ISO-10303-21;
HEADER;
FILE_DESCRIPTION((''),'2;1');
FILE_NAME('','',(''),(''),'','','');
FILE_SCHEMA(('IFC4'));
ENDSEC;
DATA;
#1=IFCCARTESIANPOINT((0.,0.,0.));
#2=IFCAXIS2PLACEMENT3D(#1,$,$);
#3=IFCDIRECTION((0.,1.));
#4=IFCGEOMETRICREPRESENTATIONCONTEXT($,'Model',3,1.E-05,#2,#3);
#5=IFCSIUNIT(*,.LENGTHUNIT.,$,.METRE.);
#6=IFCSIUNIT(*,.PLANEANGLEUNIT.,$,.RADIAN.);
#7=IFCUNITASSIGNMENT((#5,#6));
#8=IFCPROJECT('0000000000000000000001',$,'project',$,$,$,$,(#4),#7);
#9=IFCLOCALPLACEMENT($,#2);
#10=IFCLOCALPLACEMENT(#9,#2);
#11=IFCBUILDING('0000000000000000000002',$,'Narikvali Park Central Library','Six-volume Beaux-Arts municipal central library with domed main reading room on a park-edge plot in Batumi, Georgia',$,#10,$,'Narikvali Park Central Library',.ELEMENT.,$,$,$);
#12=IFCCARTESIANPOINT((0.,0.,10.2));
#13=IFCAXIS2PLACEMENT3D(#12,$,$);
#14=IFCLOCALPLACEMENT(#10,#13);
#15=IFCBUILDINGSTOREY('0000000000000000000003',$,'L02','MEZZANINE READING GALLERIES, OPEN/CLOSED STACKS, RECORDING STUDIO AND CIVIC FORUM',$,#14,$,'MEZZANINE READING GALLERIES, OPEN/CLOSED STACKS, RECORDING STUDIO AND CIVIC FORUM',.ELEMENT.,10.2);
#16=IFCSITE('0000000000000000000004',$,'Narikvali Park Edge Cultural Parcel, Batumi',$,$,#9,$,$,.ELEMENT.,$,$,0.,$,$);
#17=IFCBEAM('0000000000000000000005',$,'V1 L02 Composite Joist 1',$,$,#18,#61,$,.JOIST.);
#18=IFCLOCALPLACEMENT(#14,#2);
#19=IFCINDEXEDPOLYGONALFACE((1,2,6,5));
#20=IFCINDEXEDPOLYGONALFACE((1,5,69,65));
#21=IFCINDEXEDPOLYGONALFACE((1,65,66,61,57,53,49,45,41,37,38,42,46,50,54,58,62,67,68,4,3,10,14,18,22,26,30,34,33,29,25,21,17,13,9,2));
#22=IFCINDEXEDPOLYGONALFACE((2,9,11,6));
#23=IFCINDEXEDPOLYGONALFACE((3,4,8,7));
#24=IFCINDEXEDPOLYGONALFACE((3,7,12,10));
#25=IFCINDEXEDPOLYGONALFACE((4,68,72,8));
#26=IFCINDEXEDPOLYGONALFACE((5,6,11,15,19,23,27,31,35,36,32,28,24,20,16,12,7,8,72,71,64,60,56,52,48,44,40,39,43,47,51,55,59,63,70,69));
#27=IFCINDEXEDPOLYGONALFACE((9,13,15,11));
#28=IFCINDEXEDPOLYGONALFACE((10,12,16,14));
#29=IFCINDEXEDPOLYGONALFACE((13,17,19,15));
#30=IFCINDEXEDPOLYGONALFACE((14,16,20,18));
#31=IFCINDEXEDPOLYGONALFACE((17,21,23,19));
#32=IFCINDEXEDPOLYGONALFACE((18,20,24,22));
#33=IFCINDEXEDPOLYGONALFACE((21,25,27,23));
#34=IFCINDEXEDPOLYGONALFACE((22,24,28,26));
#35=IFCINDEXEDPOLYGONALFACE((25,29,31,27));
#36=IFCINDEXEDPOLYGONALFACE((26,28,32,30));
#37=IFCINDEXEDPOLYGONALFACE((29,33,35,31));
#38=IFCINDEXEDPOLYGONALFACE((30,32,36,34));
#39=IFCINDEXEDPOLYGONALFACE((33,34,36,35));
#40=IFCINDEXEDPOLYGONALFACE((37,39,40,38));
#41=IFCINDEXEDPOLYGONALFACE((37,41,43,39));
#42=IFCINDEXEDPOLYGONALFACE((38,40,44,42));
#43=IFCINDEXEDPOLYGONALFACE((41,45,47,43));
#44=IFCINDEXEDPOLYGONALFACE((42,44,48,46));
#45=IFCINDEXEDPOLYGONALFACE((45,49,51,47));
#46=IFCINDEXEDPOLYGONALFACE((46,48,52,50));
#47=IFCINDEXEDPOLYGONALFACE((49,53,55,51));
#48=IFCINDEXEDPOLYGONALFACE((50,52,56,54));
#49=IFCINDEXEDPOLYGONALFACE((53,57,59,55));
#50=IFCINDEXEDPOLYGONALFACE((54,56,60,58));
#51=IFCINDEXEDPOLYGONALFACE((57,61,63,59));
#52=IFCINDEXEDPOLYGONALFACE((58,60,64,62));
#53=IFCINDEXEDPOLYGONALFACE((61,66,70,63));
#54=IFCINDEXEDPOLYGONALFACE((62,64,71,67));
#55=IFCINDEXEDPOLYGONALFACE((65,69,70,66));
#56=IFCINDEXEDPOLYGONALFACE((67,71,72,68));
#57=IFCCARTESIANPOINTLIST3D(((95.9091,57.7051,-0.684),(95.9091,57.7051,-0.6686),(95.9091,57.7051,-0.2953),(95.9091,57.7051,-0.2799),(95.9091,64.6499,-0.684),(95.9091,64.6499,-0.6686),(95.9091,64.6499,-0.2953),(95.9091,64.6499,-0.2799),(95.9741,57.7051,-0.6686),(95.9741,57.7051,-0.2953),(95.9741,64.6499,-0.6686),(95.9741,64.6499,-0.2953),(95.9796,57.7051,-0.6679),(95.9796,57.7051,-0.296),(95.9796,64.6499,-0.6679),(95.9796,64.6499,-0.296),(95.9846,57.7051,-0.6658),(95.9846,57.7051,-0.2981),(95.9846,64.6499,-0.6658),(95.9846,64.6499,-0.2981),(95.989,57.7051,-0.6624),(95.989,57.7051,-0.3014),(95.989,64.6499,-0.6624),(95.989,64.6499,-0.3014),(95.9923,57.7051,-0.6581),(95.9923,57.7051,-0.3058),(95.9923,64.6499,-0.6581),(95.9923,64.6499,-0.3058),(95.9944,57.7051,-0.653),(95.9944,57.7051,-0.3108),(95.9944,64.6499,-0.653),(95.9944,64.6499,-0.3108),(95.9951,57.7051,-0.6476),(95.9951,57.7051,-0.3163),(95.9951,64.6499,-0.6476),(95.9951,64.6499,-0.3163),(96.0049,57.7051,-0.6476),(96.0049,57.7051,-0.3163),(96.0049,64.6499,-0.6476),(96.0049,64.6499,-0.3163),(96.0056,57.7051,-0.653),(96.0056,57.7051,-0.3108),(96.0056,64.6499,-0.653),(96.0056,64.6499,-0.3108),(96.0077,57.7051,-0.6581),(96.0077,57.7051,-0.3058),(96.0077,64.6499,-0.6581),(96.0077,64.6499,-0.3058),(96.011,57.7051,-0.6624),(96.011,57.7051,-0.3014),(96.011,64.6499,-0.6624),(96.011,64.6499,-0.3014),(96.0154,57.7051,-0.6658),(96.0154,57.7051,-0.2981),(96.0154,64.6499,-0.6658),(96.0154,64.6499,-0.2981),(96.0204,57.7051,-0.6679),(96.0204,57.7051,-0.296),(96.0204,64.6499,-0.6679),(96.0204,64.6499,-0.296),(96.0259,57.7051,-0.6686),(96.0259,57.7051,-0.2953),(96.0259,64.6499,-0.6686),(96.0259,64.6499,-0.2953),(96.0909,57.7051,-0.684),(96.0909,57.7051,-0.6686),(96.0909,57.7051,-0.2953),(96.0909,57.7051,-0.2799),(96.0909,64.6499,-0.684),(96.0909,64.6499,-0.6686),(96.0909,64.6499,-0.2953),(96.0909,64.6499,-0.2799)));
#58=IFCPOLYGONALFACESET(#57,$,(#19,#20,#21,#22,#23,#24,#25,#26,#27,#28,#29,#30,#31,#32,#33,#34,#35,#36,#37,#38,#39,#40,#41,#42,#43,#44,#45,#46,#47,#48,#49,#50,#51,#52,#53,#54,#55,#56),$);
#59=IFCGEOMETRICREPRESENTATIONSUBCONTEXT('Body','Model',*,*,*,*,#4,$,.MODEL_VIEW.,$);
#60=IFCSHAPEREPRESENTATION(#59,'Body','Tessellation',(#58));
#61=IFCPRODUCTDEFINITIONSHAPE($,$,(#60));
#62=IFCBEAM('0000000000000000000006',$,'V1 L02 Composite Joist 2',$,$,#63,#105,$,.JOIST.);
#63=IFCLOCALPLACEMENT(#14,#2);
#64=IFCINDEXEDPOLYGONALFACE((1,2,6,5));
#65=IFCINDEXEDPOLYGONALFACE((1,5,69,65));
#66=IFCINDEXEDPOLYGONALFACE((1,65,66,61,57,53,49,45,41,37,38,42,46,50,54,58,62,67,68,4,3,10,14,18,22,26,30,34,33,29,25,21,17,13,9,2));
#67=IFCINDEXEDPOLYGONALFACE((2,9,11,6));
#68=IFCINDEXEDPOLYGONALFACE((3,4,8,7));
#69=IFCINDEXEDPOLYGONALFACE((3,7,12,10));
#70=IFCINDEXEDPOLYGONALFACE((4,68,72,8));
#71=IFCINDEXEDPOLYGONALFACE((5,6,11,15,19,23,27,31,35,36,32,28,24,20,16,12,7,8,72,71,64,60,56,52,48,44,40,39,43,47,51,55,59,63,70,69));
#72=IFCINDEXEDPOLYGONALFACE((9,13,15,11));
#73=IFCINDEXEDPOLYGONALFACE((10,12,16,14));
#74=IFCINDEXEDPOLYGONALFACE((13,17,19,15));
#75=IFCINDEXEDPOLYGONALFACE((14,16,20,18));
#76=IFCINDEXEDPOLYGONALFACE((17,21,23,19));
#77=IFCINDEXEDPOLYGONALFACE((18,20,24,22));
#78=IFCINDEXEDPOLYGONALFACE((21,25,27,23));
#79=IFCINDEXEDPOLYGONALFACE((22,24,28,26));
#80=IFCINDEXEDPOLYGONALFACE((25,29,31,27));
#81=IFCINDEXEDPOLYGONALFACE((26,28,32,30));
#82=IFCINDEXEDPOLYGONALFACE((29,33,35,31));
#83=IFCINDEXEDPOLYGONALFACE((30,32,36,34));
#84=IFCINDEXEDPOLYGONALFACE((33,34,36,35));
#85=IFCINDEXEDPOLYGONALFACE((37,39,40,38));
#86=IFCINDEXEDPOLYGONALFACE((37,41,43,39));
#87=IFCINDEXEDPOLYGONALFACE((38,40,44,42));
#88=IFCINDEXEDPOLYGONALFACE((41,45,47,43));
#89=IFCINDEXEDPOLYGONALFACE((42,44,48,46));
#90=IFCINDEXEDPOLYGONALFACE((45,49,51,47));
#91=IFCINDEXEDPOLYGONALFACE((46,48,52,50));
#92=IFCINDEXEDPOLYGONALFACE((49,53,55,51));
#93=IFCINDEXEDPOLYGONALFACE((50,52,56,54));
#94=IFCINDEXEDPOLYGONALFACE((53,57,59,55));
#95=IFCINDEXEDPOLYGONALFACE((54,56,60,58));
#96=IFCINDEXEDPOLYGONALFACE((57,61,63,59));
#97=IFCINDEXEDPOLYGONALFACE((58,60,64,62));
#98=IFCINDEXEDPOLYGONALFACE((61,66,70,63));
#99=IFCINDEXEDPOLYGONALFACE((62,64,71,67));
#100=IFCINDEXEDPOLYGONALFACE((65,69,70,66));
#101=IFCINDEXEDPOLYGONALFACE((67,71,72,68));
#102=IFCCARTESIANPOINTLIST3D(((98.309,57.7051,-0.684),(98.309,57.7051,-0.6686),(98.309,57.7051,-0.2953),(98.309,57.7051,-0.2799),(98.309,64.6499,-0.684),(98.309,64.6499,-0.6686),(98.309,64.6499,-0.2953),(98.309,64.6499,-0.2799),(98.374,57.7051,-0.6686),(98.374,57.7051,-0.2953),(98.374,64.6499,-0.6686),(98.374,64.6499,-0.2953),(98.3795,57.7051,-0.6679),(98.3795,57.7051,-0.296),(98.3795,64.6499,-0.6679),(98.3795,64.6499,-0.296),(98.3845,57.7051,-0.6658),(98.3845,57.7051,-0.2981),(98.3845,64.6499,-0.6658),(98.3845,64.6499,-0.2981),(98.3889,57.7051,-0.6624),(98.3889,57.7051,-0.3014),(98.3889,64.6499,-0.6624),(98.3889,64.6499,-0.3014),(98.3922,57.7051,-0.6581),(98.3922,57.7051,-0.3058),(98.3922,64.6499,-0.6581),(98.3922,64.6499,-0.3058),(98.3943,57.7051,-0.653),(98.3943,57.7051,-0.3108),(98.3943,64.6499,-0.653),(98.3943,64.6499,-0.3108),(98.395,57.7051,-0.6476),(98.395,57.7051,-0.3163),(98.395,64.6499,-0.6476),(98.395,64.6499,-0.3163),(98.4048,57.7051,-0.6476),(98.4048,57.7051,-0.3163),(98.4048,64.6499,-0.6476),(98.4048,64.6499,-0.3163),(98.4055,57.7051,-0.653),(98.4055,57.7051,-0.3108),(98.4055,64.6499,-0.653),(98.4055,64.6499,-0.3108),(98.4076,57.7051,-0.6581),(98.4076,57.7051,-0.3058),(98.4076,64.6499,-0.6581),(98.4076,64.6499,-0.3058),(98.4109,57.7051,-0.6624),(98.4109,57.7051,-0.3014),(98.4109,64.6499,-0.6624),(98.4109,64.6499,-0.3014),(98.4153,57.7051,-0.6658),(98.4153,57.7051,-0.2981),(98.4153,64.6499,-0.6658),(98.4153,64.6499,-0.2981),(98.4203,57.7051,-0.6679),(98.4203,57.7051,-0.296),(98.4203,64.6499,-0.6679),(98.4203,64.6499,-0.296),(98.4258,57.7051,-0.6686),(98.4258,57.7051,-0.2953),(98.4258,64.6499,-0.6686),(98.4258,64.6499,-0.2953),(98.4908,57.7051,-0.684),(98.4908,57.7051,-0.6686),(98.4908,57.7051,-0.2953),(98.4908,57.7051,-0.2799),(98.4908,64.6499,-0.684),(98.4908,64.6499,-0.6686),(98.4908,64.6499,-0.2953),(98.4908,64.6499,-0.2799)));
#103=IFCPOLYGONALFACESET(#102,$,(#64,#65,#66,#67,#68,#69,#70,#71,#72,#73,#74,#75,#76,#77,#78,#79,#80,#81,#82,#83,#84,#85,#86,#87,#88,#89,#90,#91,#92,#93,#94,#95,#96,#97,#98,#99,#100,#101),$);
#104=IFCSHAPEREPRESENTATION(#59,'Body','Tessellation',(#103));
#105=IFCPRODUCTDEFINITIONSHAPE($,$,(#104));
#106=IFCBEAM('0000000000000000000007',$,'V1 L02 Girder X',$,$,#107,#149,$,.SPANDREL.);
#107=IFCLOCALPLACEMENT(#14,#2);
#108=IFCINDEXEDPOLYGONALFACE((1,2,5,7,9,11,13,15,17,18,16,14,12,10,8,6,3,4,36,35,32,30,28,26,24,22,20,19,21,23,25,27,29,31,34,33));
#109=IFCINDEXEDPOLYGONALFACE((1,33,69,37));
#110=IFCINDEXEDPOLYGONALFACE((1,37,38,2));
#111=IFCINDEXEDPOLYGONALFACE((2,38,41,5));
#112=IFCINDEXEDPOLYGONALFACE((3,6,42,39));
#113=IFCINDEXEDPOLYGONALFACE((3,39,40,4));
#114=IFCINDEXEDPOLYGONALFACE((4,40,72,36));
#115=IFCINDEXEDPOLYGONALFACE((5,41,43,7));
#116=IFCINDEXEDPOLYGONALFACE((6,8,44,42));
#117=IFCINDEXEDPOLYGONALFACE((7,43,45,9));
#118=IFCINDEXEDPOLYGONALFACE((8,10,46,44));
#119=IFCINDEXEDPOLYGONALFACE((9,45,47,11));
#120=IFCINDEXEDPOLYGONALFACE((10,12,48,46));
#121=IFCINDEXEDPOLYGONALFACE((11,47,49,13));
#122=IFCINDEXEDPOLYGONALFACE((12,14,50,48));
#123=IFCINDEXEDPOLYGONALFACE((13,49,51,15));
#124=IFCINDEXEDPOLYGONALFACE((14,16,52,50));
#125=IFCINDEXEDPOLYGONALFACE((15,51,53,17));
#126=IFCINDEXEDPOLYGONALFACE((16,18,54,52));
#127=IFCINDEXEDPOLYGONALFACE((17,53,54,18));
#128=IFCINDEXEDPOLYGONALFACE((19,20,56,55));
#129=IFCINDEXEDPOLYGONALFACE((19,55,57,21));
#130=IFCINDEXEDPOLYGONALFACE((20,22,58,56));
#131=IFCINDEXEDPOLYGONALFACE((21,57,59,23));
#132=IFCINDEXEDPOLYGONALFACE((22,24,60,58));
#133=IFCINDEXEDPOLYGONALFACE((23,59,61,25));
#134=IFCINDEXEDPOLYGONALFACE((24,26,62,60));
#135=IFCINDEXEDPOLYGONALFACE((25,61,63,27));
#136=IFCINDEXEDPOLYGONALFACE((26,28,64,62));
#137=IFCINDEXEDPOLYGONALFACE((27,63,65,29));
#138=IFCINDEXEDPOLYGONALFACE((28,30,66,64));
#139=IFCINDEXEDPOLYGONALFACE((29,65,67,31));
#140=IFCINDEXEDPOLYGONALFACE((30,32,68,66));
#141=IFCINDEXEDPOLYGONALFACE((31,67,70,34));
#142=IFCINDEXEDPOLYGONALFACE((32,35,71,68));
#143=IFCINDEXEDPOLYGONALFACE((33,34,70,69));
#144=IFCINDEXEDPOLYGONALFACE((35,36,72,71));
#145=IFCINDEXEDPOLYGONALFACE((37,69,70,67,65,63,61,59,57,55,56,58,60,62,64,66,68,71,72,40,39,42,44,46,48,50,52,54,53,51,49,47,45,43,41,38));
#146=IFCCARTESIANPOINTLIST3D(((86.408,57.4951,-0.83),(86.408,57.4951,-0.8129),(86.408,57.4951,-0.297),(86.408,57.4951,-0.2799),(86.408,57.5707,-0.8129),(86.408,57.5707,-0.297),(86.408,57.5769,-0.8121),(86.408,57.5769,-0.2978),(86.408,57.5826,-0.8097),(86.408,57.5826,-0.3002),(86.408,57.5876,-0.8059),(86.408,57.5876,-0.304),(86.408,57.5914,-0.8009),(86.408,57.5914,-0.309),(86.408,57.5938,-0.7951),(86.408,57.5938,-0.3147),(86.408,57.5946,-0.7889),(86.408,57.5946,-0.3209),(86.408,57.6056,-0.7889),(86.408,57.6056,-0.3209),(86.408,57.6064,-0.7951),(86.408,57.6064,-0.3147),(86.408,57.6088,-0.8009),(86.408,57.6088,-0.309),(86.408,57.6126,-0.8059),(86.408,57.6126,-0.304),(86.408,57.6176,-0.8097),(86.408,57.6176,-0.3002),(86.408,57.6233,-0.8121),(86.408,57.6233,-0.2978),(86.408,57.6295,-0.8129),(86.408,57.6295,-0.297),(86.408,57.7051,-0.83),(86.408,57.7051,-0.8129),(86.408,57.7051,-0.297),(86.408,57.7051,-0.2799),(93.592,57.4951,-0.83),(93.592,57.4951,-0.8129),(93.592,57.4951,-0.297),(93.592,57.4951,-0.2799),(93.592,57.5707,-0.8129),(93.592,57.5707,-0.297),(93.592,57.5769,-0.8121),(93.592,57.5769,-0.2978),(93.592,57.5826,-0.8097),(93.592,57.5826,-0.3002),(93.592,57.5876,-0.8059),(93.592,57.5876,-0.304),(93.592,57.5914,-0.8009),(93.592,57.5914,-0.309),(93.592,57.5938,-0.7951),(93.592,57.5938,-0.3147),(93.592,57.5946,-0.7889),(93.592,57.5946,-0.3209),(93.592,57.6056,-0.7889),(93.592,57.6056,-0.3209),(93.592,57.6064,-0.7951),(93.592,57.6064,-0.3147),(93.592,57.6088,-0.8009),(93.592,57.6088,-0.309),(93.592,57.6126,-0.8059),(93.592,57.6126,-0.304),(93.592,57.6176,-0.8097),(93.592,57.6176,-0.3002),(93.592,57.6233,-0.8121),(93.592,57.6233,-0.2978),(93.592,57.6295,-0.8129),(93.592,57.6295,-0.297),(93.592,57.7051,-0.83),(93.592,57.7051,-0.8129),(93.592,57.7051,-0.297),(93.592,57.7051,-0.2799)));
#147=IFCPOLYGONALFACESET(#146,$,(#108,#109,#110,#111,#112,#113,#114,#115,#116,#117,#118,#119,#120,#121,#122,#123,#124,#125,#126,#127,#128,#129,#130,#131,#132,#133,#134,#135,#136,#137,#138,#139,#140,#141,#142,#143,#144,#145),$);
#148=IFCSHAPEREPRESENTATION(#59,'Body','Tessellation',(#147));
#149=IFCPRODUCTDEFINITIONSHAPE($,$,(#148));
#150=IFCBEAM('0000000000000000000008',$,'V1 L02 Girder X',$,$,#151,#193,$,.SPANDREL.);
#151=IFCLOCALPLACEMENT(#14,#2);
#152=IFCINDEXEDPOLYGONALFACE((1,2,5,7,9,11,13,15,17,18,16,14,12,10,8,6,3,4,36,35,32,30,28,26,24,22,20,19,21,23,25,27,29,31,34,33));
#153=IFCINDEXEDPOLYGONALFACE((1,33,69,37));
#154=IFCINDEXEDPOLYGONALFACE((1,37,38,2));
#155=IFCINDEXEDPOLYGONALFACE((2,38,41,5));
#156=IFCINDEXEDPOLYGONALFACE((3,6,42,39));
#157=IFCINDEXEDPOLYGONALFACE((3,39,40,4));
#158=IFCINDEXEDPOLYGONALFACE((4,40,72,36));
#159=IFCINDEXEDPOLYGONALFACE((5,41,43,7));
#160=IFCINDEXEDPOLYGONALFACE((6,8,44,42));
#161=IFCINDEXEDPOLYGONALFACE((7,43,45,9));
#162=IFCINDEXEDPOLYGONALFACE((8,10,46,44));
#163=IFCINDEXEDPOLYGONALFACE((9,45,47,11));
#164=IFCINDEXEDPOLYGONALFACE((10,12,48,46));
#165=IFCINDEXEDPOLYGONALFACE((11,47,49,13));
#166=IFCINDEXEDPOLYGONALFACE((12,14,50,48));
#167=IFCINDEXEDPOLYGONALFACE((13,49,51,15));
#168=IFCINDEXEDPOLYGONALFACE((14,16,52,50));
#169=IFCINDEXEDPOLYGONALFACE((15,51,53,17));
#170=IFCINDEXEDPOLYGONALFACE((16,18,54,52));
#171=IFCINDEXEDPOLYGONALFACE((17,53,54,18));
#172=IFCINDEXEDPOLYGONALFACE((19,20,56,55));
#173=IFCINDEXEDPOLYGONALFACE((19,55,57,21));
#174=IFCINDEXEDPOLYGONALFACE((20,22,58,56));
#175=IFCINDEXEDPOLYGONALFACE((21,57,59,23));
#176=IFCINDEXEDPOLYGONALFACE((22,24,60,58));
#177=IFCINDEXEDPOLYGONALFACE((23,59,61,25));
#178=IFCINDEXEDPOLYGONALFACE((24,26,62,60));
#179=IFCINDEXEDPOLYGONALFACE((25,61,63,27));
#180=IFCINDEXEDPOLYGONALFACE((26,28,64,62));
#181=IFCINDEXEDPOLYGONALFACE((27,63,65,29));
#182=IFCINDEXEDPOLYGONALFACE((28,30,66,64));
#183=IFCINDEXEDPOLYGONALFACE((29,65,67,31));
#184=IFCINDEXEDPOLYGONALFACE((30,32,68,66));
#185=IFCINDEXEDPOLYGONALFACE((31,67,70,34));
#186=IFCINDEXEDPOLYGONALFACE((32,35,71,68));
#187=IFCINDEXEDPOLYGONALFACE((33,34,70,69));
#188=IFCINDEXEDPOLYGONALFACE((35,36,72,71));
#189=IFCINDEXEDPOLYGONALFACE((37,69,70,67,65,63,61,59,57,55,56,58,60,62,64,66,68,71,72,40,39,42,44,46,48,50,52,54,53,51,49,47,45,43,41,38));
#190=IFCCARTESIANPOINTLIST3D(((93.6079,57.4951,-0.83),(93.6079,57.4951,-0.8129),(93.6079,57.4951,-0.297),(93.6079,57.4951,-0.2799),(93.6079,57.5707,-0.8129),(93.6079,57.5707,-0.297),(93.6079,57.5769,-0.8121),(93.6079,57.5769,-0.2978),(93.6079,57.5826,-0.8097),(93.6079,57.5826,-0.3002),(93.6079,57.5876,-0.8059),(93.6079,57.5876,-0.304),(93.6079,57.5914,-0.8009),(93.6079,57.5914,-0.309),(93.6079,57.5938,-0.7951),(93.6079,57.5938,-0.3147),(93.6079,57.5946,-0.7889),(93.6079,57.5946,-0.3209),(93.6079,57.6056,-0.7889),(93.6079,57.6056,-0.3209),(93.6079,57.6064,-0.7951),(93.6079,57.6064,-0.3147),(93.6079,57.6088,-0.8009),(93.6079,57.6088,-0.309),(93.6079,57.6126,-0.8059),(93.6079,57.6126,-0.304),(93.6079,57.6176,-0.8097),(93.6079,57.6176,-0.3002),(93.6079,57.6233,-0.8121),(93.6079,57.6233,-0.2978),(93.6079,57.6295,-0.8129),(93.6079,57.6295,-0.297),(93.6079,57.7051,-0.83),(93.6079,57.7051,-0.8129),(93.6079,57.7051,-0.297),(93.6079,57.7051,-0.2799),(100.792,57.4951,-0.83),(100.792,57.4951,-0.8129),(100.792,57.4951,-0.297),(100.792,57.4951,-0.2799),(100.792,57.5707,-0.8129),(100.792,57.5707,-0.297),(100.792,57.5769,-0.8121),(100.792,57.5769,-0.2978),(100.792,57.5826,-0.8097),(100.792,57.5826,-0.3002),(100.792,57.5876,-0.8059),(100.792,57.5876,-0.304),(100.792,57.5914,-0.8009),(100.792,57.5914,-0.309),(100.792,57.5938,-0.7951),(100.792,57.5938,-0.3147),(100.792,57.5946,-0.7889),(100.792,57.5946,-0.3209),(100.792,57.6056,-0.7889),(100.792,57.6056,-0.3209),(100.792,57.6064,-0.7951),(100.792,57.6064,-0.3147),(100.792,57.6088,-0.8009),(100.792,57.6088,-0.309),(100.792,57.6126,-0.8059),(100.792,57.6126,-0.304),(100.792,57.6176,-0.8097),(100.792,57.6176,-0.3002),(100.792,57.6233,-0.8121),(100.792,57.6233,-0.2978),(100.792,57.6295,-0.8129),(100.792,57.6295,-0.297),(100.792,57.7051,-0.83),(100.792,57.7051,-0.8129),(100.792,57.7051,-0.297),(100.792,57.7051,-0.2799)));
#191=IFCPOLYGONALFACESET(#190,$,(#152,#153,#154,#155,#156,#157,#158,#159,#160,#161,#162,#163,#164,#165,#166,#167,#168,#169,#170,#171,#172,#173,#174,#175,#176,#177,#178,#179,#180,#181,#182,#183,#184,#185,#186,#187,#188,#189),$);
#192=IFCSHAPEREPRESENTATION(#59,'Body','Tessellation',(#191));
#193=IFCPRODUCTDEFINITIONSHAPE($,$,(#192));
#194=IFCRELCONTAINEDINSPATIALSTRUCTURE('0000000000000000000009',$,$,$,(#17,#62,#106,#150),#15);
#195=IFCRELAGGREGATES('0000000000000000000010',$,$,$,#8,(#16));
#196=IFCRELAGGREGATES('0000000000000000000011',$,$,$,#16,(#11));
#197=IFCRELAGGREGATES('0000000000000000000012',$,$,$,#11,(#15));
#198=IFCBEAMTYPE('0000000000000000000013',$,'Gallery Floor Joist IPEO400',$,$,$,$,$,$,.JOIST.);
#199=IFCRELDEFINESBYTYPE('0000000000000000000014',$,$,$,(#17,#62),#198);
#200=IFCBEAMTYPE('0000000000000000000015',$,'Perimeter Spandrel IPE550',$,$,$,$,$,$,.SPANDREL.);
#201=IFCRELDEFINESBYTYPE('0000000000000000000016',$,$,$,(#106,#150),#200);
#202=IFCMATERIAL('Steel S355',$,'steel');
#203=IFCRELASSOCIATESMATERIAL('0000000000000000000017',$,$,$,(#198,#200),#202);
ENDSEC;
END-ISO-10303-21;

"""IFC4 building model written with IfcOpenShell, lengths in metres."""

from ifc_helpers import new_model, si_unit, direction, frame, origin, origin_2d, place, context, subcontext, project, spatial, i_section, extrude, material, material_profile, profile_set, type_object, element, save


model = new_model("IFC4")

# Units and contexts
model_context = context("Model", 3, precision=1e-05, world=origin(), true_north=direction((0.0, 1.0)))
body_context = subcontext(model_context, "Body", "Model", "MODEL_VIEW")
ifc_project = project(units=[si_unit("LENGTHUNIT", "METRE"), si_unit("PLANEANGLEUNIT", "RADIAN")], contexts=[model_context])

# Site, building, storey
site_placement = place(None, origin())
site = spatial("IfcSite", under=ifc_project, at=site_placement, Name="Narikvali Park Edge Cultural Parcel, Batumi", CompositionType="ELEMENT", RefElevation=0.0)
building_placement = place(site_placement, origin())
building = spatial("IfcBuilding", under=site, at=building_placement, Name="Narikvali Park Central Library", Description="Six-volume Beaux-Arts municipal central library with domed main reading room on a park-edge plot in Batumi, Georgia", LongName="Narikvali Park Central Library", CompositionType="ELEMENT")
storey_placement = place(building_placement, frame((0.0, 0.0, 10.2)))
storey = spatial("IfcBuildingStorey", under=building, at=storey_placement, Name="L02", Description="MEZZANINE READING GALLERIES, OPEN/CLOSED STACKS, RECORDING STUDIO AND CIVIC FORUM", LongName="MEZZANINE READING GALLERIES, OPEN/CLOSED STACKS, RECORDING STUDIO AND CIVIC FORUM", CompositionType="ELEMENT", Elevation=10.2)

# Shared definitions
ifc_material_1 = material(Name="Steel S355", Category="steel")

# Beams
ifc_material_profile_1 = material_profile(ifc_material_1, i_section(OverallWidth=0.1819, OverallDepth=0.4041, WebThickness=0.0098, FlangeThickness=0.0154, FilletRadius=0.021, at=origin_2d()), Name="IPEO 400")
ifc_profile_set_1 = profile_set([ifc_material_profile_1], Name="Steel S355")
beam_type_1 = type_object("IfcBeamType", Name="Gallery Floor Joist IPEO400", PredefinedType="JOIST", material=ifc_profile_set_1)
for number, where, z_axis, x_axis, name in (
    (1, (96.0, 57.7051, -0.4819), (0.0, 1.0, 0.0), (-1.0, 0.0, 0.0), "V1 L02 Composite Joist 1"),
    (2, (98.3999, 57.7051, -0.4819), (0.0, 1.0, 0.0), (-1.0, 0.0, 0.0), "V1 L02 Composite Joist 2"),
):
    element("IfcBeam", number, at=place(storey_placement, frame(where, z_axis=z_axis, x_axis=x_axis)), inside=storey, type_object=beam_type_1, Name=name, PredefinedType="JOIST", context=body_context, shape_type="SweptSolid", body=[
        extrude(i_section(OverallWidth=0.1819, OverallDepth=0.4041, WebThickness=0.0098, FlangeThickness=0.0154, FilletRadius=0.021, at=origin_2d()), origin(), (0.0, 0.0, 1.0), 6.9448),
    ])
ifc_material_profile_2 = material_profile(ifc_material_1, i_section(OverallWidth=0.21, OverallDepth=0.55, WebThickness=0.011, FlangeThickness=0.0171, FilletRadius=0.0239, at=origin_2d()), Name="IPE 550")
ifc_profile_set_2 = profile_set([ifc_material_profile_2], Name="Steel S355")
beam_type_2 = type_object("IfcBeamType", Name="Perimeter Spandrel IPE550", PredefinedType="SPANDREL", material=ifc_profile_set_2)
for number, where, z_axis, x_axis, name in (
    (3, (86.408, 57.6001, -0.5549), (1.0, 0.0, 0.0), (0.0, 1.0, 0.0), "V1 L02 Girder X"),
    (4, (93.6079, 57.6001, -0.5549), (1.0, 0.0, 0.0), (0.0, 1.0, 0.0), "V1 L02 Girder X"),
):
    element("IfcBeam", number, at=place(storey_placement, frame(where, z_axis=z_axis, x_axis=x_axis)), inside=storey, type_object=beam_type_2, Name=name, PredefinedType="SPANDREL", context=body_context, shape_type="SweptSolid", body=[
        extrude(i_section(OverallWidth=0.21, OverallDepth=0.55, WebThickness=0.011, FlangeThickness=0.0171, FilletRadius=0.0239, at=origin_2d()), origin(), (0.0, 0.0, 1.0), 7.1841),
    ])

save(model, "model.ifc")
